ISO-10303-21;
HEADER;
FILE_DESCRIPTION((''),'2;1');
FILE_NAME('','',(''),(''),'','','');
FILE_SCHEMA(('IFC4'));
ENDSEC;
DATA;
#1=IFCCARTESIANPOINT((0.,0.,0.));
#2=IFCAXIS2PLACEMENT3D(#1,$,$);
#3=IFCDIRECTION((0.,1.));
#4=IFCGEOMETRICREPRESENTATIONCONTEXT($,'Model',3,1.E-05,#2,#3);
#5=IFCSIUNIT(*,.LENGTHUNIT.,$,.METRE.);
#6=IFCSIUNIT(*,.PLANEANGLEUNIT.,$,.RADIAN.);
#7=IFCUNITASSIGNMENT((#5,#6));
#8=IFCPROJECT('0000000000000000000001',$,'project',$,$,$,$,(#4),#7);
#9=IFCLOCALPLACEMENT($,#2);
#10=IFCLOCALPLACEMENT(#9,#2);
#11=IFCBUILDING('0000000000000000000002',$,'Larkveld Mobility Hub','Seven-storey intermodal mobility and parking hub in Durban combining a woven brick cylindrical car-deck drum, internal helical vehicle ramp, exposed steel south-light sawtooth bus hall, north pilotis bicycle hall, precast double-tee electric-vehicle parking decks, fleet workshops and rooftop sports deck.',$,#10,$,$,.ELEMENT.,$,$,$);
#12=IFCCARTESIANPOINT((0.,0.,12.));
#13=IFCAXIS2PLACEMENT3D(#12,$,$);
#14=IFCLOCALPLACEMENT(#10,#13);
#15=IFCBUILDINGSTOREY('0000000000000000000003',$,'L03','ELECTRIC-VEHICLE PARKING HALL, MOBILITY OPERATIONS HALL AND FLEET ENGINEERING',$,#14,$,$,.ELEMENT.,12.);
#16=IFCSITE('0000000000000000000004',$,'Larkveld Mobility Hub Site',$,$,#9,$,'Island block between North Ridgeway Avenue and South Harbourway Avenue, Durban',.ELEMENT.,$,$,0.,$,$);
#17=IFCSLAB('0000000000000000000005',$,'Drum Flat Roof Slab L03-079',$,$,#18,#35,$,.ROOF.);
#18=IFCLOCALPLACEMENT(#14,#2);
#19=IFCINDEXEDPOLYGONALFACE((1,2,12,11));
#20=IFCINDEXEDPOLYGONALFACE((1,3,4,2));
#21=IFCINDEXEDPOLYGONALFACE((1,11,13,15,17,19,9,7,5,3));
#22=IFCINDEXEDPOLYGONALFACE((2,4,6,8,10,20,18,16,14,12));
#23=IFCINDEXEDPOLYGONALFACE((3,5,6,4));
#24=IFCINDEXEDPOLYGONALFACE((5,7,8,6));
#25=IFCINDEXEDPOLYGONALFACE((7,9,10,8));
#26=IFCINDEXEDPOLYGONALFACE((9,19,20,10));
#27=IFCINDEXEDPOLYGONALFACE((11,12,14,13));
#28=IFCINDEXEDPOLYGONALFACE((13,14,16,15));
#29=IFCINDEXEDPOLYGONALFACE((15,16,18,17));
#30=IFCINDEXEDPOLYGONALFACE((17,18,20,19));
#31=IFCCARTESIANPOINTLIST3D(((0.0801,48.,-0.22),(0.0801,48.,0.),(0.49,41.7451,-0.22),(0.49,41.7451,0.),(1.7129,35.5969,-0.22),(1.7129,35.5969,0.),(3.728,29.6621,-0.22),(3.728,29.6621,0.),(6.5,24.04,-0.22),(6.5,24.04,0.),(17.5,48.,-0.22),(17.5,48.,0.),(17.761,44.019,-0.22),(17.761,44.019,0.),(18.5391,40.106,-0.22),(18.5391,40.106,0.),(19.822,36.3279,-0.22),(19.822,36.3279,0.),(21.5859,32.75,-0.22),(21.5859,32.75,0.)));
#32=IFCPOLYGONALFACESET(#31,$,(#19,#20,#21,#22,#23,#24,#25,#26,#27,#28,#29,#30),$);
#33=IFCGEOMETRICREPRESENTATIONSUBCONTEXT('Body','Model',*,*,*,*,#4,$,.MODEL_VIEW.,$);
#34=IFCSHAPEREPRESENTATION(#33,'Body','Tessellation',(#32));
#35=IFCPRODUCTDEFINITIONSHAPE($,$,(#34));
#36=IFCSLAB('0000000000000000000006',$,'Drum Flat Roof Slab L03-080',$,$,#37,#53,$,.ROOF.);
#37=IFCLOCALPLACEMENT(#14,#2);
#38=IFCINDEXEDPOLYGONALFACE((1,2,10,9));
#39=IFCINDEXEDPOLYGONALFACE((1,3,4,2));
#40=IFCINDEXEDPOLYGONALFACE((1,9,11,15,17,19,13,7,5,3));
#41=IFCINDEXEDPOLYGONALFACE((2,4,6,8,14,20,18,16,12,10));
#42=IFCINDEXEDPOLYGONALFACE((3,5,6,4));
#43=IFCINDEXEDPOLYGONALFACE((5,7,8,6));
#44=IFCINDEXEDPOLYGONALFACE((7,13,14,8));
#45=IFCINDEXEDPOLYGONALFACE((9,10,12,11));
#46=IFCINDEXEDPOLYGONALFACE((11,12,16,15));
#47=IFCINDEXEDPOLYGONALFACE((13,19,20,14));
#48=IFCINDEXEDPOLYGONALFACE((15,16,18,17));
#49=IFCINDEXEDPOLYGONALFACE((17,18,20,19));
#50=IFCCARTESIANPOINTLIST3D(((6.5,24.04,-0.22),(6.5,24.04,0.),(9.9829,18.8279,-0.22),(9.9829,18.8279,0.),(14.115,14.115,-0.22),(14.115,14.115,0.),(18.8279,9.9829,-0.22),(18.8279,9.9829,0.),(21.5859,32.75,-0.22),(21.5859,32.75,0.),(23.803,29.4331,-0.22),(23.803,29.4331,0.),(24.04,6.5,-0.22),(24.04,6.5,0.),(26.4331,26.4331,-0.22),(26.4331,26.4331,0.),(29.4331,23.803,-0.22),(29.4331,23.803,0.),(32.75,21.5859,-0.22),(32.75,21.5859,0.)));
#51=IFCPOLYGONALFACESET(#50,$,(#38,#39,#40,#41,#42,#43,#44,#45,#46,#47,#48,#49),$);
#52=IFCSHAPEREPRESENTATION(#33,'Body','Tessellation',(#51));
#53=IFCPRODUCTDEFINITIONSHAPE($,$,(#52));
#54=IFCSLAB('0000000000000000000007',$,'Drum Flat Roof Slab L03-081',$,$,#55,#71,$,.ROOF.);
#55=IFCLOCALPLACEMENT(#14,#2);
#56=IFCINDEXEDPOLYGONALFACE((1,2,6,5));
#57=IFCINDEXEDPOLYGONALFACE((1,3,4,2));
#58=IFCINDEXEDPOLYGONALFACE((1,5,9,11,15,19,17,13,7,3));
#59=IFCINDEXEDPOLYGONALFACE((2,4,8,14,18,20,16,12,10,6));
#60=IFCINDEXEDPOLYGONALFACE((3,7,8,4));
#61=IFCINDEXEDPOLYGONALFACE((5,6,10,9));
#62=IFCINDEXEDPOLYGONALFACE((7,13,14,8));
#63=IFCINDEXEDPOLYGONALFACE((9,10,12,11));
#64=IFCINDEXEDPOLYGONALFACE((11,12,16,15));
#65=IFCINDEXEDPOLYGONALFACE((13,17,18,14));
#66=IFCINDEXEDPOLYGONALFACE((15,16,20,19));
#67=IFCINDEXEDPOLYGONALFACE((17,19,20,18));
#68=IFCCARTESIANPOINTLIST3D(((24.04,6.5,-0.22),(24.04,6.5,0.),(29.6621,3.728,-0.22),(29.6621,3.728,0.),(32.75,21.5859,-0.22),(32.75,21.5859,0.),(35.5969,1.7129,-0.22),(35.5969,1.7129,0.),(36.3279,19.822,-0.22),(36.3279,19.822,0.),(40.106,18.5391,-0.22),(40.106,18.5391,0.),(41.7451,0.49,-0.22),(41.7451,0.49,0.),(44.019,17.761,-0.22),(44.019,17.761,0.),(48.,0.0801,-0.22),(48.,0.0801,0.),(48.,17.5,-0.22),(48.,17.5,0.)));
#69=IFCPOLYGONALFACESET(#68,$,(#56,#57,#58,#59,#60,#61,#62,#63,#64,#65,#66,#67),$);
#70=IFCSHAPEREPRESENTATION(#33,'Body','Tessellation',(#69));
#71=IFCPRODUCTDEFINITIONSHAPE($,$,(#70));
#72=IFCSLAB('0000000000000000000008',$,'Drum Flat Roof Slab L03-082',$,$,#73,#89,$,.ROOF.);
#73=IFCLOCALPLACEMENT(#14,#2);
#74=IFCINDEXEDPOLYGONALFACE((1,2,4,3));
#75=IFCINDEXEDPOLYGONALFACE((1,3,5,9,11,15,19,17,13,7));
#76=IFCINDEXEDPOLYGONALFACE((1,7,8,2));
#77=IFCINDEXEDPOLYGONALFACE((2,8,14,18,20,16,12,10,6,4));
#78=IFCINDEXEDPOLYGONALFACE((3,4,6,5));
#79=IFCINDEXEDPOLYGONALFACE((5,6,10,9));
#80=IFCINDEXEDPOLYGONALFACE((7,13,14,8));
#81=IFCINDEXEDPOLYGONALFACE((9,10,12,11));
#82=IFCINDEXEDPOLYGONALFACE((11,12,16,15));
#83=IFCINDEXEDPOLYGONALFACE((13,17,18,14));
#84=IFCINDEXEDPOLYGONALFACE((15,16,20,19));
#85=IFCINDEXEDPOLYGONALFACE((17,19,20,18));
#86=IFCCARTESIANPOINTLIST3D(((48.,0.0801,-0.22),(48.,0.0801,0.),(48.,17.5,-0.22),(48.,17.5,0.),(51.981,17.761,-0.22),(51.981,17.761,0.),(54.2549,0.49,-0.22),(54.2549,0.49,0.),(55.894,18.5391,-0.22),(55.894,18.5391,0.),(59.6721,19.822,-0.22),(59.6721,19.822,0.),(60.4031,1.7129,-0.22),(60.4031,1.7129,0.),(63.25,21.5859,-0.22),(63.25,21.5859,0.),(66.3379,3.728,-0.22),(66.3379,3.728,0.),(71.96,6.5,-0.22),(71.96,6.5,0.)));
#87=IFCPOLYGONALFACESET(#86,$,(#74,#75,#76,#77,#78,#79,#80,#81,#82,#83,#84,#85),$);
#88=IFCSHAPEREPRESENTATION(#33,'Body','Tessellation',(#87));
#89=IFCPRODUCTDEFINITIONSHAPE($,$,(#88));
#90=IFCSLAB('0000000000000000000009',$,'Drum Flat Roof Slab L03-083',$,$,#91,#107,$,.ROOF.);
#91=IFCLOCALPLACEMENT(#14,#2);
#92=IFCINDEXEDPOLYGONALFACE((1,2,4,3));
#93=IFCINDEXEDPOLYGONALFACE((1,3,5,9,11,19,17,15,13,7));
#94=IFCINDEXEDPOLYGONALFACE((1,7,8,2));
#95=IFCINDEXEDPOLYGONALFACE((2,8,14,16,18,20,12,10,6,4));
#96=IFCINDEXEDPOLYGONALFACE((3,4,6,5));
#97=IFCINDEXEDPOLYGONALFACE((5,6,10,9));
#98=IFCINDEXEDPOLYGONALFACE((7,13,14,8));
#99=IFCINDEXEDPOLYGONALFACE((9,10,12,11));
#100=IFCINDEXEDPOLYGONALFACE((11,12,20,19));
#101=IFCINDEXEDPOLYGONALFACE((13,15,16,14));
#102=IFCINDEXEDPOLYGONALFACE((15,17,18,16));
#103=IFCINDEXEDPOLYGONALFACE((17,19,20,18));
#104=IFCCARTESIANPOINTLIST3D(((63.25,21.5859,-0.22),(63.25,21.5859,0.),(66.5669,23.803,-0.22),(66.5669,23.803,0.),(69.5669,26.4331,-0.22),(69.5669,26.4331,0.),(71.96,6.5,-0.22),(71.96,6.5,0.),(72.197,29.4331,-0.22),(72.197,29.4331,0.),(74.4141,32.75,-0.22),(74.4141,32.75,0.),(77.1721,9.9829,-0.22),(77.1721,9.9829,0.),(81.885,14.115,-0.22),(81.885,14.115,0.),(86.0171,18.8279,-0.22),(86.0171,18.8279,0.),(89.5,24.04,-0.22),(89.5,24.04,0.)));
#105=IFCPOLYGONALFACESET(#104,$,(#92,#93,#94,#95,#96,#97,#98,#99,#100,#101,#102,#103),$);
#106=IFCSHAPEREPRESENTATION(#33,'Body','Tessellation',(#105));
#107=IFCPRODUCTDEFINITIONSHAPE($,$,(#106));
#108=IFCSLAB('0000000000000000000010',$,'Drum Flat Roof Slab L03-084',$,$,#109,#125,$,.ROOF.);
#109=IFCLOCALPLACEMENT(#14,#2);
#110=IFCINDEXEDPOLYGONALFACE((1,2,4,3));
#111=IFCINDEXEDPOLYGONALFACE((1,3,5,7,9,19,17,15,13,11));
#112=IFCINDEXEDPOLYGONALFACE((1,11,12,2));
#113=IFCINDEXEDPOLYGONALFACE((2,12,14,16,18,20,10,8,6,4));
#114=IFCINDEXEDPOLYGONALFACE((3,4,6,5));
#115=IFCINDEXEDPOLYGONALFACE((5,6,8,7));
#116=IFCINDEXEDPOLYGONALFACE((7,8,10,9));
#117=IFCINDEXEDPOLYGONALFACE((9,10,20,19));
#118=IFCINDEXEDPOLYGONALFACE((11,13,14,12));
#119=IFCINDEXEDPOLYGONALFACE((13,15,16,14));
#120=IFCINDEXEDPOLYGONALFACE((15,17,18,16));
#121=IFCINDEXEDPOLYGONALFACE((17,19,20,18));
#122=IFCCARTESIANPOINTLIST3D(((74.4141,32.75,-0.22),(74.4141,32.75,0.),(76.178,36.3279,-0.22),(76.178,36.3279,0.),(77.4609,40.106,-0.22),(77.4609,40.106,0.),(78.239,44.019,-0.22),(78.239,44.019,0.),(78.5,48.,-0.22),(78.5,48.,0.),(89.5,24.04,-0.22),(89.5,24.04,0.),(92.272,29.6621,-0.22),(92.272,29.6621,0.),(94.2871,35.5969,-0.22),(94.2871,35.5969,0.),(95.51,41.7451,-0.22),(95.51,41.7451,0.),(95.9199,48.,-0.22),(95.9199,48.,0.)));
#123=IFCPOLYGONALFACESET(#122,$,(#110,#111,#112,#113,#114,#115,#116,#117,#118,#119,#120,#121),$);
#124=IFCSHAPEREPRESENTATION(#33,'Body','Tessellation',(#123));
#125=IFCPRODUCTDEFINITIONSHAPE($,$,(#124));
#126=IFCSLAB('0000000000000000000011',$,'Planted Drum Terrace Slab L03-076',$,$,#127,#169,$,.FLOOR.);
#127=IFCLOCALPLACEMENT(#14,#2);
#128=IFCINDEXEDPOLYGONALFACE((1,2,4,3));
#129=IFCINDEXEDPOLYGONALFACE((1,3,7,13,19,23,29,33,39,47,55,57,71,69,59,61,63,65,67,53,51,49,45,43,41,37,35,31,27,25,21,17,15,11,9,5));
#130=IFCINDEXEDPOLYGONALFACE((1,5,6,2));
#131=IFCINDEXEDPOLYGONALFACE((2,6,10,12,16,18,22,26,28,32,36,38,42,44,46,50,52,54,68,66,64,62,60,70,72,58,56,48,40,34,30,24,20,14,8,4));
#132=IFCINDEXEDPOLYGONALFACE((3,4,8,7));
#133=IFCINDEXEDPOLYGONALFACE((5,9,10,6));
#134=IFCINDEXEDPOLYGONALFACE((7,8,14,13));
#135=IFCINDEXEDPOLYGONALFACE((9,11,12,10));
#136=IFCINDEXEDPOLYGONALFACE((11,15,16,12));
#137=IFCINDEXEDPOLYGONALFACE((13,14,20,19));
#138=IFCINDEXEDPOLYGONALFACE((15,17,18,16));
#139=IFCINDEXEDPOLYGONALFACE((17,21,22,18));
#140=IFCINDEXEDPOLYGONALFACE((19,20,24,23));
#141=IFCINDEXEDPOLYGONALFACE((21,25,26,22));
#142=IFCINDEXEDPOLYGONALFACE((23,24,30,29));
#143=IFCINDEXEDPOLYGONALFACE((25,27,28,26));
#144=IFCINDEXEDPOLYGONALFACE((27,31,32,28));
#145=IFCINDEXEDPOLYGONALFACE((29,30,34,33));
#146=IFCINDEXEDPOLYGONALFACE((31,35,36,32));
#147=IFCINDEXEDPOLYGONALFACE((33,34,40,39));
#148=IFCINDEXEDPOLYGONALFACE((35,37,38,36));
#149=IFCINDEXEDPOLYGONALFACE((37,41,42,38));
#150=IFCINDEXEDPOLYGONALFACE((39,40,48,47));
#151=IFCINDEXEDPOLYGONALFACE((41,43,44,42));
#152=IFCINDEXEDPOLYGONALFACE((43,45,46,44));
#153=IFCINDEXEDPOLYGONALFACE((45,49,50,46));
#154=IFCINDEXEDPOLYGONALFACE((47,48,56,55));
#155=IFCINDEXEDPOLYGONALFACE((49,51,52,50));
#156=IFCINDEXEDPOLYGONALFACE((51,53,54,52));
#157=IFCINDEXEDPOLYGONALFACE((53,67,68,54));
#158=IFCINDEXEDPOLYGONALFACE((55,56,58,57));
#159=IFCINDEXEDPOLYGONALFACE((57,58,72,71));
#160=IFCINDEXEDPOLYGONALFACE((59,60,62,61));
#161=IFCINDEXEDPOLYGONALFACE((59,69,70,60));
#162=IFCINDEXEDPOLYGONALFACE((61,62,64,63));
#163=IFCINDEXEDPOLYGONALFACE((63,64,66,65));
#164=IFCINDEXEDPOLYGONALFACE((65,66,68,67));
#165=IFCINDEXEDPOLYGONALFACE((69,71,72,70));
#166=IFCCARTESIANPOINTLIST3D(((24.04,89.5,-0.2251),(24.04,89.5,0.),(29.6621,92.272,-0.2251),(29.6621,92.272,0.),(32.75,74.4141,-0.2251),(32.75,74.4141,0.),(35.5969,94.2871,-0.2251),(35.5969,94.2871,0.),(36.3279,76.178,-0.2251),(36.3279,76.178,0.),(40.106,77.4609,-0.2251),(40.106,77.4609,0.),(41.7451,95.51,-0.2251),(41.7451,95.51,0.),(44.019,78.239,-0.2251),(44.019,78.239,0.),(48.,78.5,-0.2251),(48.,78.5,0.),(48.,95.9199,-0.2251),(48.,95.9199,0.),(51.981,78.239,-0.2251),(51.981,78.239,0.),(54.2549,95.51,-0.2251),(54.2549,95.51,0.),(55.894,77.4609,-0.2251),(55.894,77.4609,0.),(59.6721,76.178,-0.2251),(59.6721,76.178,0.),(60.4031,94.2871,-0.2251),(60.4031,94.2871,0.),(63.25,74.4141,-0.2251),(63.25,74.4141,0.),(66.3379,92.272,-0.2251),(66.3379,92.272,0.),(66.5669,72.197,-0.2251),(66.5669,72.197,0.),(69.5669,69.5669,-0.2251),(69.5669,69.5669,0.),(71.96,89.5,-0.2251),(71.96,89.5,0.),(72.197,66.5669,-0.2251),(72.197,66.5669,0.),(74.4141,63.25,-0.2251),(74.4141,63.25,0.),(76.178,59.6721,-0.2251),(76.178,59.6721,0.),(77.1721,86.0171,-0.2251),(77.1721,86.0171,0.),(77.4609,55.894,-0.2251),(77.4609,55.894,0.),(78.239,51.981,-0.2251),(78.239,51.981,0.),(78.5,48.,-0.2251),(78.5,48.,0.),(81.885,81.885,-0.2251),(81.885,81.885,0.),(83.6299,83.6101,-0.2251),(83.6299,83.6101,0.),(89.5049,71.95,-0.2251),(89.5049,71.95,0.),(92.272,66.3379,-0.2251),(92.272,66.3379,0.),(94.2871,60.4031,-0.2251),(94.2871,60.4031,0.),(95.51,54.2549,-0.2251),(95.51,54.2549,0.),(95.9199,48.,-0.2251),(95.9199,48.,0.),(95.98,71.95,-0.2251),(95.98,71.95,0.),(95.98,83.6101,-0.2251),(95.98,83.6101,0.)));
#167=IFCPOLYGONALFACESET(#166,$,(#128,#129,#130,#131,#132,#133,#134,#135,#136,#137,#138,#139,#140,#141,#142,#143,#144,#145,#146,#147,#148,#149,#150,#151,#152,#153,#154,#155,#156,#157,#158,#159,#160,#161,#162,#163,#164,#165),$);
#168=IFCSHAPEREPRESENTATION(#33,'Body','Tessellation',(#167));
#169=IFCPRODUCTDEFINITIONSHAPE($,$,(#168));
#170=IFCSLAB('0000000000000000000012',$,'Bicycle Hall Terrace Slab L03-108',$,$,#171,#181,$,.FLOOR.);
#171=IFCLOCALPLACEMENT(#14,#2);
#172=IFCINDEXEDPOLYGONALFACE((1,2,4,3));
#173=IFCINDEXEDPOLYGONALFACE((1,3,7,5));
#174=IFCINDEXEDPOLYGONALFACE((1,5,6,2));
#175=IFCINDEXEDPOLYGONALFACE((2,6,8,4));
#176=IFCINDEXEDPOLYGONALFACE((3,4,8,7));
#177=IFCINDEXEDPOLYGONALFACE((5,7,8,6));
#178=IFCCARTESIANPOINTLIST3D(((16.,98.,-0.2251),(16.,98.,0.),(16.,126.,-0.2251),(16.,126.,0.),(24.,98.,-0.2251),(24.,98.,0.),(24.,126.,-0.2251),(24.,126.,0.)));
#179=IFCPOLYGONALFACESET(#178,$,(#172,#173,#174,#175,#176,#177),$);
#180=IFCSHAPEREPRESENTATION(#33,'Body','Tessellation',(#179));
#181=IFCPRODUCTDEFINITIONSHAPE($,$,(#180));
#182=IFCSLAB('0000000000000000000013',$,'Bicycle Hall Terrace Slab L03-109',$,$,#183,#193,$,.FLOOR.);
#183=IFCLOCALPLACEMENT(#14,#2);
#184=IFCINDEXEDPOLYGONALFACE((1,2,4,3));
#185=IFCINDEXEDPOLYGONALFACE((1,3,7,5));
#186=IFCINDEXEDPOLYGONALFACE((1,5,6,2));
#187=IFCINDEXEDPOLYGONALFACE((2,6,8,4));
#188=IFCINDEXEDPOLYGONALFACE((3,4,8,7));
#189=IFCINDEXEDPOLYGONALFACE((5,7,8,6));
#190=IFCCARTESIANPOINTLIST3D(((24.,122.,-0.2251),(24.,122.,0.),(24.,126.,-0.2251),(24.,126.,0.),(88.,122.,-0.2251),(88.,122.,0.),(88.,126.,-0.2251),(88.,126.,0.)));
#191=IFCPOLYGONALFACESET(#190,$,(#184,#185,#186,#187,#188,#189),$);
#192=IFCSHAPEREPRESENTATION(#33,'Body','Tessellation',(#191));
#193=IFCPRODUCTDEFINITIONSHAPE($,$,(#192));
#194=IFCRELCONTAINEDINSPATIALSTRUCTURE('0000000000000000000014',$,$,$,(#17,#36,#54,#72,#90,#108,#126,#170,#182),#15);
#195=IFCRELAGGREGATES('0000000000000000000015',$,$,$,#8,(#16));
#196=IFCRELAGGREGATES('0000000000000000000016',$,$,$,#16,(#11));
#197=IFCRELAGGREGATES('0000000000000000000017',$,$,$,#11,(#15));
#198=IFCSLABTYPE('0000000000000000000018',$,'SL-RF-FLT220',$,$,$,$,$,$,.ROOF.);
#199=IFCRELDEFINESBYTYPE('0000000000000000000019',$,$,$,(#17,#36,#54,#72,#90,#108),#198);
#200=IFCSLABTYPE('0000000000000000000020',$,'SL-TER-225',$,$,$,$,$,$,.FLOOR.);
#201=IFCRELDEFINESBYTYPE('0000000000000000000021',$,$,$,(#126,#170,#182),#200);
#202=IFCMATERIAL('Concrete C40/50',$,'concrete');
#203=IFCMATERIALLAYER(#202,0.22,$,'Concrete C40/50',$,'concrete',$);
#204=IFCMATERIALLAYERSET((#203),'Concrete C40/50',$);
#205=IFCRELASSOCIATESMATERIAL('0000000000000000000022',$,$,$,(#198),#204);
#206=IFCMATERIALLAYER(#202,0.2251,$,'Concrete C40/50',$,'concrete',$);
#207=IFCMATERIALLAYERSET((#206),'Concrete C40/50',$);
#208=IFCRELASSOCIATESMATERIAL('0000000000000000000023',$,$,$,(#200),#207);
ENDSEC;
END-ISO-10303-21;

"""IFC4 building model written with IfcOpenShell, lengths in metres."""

from ifc_helpers import new_model, si_unit, direction, frame, origin, place, context, subcontext, project, spatial, polyline, outline, extrude, material, layer, layer_set, type_object, element, save


model = new_model("IFC4")

# Units and contexts
model_context = context("Model", 3, precision=1e-05, world=origin(), true_north=direction((0.0, 1.0)))
body_context = subcontext(model_context, "Body", "Model", "MODEL_VIEW")
ifc_project = project(units=[si_unit("LENGTHUNIT", "METRE"), si_unit("PLANEANGLEUNIT", "RADIAN")], contexts=[model_context])

# Site, building, storey
site_placement = place(None, origin())
site = spatial("IfcSite", under=ifc_project, at=site_placement, Name="Larkveld Mobility Hub Site", LongName="Island block between North Ridgeway Avenue and South Harbourway Avenue, Durban", CompositionType="ELEMENT", RefElevation=0.0)
building_placement = place(site_placement, origin())
building = spatial("IfcBuilding", under=site, at=building_placement, Name="Larkveld Mobility Hub", Description="Seven-storey intermodal mobility and parking hub in Durban combining a woven brick cylindrical car-deck drum, internal helical vehicle ramp, exposed steel south-light sawtooth bus hall, north pilotis bicycle hall, precast double-tee electric-vehicle parking decks, fleet workshops and rooftop sports deck.", CompositionType="ELEMENT")
storey_placement = place(building_placement, frame((0.0, 0.0, 12.0)))
storey = spatial("IfcBuildingStorey", under=building, at=storey_placement, Name="L03", Description="ELECTRIC-VEHICLE PARKING HALL, MOBILITY OPERATIONS HALL AND FLEET ENGINEERING", CompositionType="ELEMENT", Elevation=12.0)

# Slabs
ifc_material_1 = material(Name="Concrete C40/50", Category="concrete")
ifc_layer_1 = layer(ifc_material_1, 0.22, Name="Concrete C40/50", Category="concrete")
ifc_layer_set_1 = layer_set([ifc_layer_1], Name="Concrete C40/50")
slab_type_1 = type_object("IfcSlabType", Name="SL-RF-FLT220", PredefinedType="ROOF", material=ifc_layer_set_1)
slab_1_placement = place(storey_placement, frame((0.0, 0.0, -0.22)))
element("IfcSlab", 1, at=slab_1_placement, inside=storey, type_object=slab_type_1, Name="Drum Flat Roof Slab L03-079", PredefinedType="ROOF", context=body_context, shape_type="SweptSolid", body=[
    extrude(outline(polyline([(0.0801, 48.0), (0.49, 41.7451), (1.7129, 35.5969), (3.728, 29.6621), (6.5, 24.04), (21.5859, 32.75), (19.822, 36.3279), (18.5391, 40.106), (17.761, 44.019), (17.5, 48.0), (0.0801, 48.0)])), origin(), (0.0, 0.0, 1.0), 0.22),
])
slab_2_placement = place(storey_placement, frame((0.0, 0.0, -0.22)))
element("IfcSlab", 2, at=slab_2_placement, inside=storey, type_object=slab_type_1, Name="Drum Flat Roof Slab L03-080", PredefinedType="ROOF", context=body_context, shape_type="SweptSolid", body=[
    extrude(outline(polyline([(6.5, 24.04), (9.9829, 18.8279), (14.115, 14.115), (18.8279, 9.9829), (24.04, 6.5), (32.75, 21.5859), (29.4331, 23.803), (26.4331, 26.4331), (23.803, 29.4331), (21.5859, 32.75), (6.5, 24.04)])), origin(), (0.0, 0.0, 1.0), 0.22),
])
slab_3_placement = place(storey_placement, frame((0.0, 0.0, -0.22)))
element("IfcSlab", 3, at=slab_3_placement, inside=storey, type_object=slab_type_1, Name="Drum Flat Roof Slab L03-081", PredefinedType="ROOF", context=body_context, shape_type="SweptSolid", body=[
    extrude(outline(polyline([(24.04, 6.5), (29.6621, 3.728), (35.5969, 1.7129), (41.7451, 0.49), (48.0, 0.0801), (48.0, 17.5), (44.019, 17.761), (40.106, 18.5391), (36.3279, 19.822), (32.75, 21.5859), (24.04, 6.5)])), origin(), (0.0, 0.0, 1.0), 0.22),
])
slab_4_placement = place(storey_placement, frame((0.0, 0.0, -0.22)))
element("IfcSlab", 4, at=slab_4_placement, inside=storey, type_object=slab_type_1, Name="Drum Flat Roof Slab L03-082", PredefinedType="ROOF", context=body_context, shape_type="SweptSolid", body=[
    extrude(outline(polyline([(48.0, 0.0801), (54.2549, 0.49), (60.4031, 1.7129), (66.3379, 3.728), (71.96, 6.5), (63.25, 21.5859), (59.6721, 19.822), (55.894, 18.5391), (51.981, 17.761), (48.0, 17.5), (48.0, 0.0801)])), origin(), (0.0, 0.0, 1.0), 0.22),
])
slab_5_placement = place(storey_placement, frame((0.0, 0.0, -0.22)))
element("IfcSlab", 5, at=slab_5_placement, inside=storey, type_object=slab_type_1, Name="Drum Flat Roof Slab L03-083", PredefinedType="ROOF", context=body_context, shape_type="SweptSolid", body=[
    extrude(outline(polyline([(71.96, 6.5), (77.1721, 9.9829), (81.885, 14.115), (86.0171, 18.8279), (89.5, 24.04), (74.4141, 32.75), (72.197, 29.4331), (69.5669, 26.4331), (66.5669, 23.803), (63.25, 21.5859), (71.96, 6.5)])), origin(), (0.0, 0.0, 1.0), 0.22),
])
slab_6_placement = place(storey_placement, frame((0.0, 0.0, -0.22)))
element("IfcSlab", 6, at=slab_6_placement, inside=storey, type_object=slab_type_1, Name="Drum Flat Roof Slab L03-084", PredefinedType="ROOF", context=body_context, shape_type="SweptSolid", body=[
    extrude(outline(polyline([(89.5, 24.04), (92.272, 29.6621), (94.2871, 35.5969), (95.51, 41.7451), (95.9199, 48.0), (78.5, 48.0), (78.239, 44.019), (77.4609, 40.106), (76.178, 36.3279), (74.4141, 32.75), (89.5, 24.04)])), origin(), (0.0, 0.0, 1.0), 0.22),
])
ifc_layer_2 = layer(ifc_material_1, 0.2251, Name="Concrete C40/50", Category="concrete")
ifc_layer_set_2 = layer_set([ifc_layer_2], Name="Concrete C40/50")
slab_type_2 = type_object("IfcSlabType", Name="SL-TER-225", PredefinedType="FLOOR", material=ifc_layer_set_2)
slab_7_placement = place(storey_placement, frame((0.0, 0.0, -0.2251)))
element("IfcSlab", 7, at=slab_7_placement, inside=storey, type_object=slab_type_2, Name="Planted Drum Terrace Slab L03-076", PredefinedType="FLOOR", context=body_context, shape_type="SweptSolid", body=[
    extrude(outline(polyline([(89.5049, 71.95), (95.98, 71.95), (95.98, 83.6101), (83.6299, 83.6101), (81.885, 81.885), (77.1721, 86.0171), (71.96, 89.5), (66.3379, 92.272), (60.4031, 94.2871), (54.2549, 95.51), (48.0, 95.9199), (41.7451, 95.51), (35.5969, 94.2871), (29.6621, 92.272), (24.04, 89.5), (32.75, 74.4141), (36.3279, 76.178), (40.106, 77.4609), (44.019, 78.239), (48.0, 78.5), (51.981, 78.239), (55.894, 77.4609), (59.6721, 76.178), (63.25, 74.4141), (66.5669, 72.197), (69.5669, 69.5669), (72.197, 66.5669), (74.4141, 63.25), (76.178, 59.6721), (77.4609, 55.894), (78.239, 51.981), (78.5, 48.0), (95.9199, 48.0), (95.51, 54.2549), (94.2871, 60.4031), (92.272, 66.3379), (89.5049, 71.95)])), origin(), (0.0, 0.0, 1.0), 0.2251),
])
slab_8_placement = place(storey_placement, frame((0.0, 0.0, -0.2251)))
element("IfcSlab", 8, at=slab_8_placement, inside=storey, type_object=slab_type_2, Name="Bicycle Hall Terrace Slab L03-108", PredefinedType="FLOOR", context=body_context, shape_type="SweptSolid", body=[
    extrude(outline(polyline([(16.0, 98.0), (24.0, 98.0), (24.0, 126.0), (16.0, 126.0), (16.0, 98.0)])), origin(), (0.0, 0.0, 1.0), 0.2251),
])
slab_9_placement = place(storey_placement, frame((0.0, 0.0, -0.2251)))
element("IfcSlab", 9, at=slab_9_placement, inside=storey, type_object=slab_type_2, Name="Bicycle Hall Terrace Slab L03-109", PredefinedType="FLOOR", context=body_context, shape_type="SweptSolid", body=[
    extrude(outline(polyline([(24.0, 122.0), (88.0, 122.0), (88.0, 126.0), (24.0, 126.0), (24.0, 122.0)])), origin(), (0.0, 0.0, 1.0), 0.2251),
])

save(model, "model.ifc")
